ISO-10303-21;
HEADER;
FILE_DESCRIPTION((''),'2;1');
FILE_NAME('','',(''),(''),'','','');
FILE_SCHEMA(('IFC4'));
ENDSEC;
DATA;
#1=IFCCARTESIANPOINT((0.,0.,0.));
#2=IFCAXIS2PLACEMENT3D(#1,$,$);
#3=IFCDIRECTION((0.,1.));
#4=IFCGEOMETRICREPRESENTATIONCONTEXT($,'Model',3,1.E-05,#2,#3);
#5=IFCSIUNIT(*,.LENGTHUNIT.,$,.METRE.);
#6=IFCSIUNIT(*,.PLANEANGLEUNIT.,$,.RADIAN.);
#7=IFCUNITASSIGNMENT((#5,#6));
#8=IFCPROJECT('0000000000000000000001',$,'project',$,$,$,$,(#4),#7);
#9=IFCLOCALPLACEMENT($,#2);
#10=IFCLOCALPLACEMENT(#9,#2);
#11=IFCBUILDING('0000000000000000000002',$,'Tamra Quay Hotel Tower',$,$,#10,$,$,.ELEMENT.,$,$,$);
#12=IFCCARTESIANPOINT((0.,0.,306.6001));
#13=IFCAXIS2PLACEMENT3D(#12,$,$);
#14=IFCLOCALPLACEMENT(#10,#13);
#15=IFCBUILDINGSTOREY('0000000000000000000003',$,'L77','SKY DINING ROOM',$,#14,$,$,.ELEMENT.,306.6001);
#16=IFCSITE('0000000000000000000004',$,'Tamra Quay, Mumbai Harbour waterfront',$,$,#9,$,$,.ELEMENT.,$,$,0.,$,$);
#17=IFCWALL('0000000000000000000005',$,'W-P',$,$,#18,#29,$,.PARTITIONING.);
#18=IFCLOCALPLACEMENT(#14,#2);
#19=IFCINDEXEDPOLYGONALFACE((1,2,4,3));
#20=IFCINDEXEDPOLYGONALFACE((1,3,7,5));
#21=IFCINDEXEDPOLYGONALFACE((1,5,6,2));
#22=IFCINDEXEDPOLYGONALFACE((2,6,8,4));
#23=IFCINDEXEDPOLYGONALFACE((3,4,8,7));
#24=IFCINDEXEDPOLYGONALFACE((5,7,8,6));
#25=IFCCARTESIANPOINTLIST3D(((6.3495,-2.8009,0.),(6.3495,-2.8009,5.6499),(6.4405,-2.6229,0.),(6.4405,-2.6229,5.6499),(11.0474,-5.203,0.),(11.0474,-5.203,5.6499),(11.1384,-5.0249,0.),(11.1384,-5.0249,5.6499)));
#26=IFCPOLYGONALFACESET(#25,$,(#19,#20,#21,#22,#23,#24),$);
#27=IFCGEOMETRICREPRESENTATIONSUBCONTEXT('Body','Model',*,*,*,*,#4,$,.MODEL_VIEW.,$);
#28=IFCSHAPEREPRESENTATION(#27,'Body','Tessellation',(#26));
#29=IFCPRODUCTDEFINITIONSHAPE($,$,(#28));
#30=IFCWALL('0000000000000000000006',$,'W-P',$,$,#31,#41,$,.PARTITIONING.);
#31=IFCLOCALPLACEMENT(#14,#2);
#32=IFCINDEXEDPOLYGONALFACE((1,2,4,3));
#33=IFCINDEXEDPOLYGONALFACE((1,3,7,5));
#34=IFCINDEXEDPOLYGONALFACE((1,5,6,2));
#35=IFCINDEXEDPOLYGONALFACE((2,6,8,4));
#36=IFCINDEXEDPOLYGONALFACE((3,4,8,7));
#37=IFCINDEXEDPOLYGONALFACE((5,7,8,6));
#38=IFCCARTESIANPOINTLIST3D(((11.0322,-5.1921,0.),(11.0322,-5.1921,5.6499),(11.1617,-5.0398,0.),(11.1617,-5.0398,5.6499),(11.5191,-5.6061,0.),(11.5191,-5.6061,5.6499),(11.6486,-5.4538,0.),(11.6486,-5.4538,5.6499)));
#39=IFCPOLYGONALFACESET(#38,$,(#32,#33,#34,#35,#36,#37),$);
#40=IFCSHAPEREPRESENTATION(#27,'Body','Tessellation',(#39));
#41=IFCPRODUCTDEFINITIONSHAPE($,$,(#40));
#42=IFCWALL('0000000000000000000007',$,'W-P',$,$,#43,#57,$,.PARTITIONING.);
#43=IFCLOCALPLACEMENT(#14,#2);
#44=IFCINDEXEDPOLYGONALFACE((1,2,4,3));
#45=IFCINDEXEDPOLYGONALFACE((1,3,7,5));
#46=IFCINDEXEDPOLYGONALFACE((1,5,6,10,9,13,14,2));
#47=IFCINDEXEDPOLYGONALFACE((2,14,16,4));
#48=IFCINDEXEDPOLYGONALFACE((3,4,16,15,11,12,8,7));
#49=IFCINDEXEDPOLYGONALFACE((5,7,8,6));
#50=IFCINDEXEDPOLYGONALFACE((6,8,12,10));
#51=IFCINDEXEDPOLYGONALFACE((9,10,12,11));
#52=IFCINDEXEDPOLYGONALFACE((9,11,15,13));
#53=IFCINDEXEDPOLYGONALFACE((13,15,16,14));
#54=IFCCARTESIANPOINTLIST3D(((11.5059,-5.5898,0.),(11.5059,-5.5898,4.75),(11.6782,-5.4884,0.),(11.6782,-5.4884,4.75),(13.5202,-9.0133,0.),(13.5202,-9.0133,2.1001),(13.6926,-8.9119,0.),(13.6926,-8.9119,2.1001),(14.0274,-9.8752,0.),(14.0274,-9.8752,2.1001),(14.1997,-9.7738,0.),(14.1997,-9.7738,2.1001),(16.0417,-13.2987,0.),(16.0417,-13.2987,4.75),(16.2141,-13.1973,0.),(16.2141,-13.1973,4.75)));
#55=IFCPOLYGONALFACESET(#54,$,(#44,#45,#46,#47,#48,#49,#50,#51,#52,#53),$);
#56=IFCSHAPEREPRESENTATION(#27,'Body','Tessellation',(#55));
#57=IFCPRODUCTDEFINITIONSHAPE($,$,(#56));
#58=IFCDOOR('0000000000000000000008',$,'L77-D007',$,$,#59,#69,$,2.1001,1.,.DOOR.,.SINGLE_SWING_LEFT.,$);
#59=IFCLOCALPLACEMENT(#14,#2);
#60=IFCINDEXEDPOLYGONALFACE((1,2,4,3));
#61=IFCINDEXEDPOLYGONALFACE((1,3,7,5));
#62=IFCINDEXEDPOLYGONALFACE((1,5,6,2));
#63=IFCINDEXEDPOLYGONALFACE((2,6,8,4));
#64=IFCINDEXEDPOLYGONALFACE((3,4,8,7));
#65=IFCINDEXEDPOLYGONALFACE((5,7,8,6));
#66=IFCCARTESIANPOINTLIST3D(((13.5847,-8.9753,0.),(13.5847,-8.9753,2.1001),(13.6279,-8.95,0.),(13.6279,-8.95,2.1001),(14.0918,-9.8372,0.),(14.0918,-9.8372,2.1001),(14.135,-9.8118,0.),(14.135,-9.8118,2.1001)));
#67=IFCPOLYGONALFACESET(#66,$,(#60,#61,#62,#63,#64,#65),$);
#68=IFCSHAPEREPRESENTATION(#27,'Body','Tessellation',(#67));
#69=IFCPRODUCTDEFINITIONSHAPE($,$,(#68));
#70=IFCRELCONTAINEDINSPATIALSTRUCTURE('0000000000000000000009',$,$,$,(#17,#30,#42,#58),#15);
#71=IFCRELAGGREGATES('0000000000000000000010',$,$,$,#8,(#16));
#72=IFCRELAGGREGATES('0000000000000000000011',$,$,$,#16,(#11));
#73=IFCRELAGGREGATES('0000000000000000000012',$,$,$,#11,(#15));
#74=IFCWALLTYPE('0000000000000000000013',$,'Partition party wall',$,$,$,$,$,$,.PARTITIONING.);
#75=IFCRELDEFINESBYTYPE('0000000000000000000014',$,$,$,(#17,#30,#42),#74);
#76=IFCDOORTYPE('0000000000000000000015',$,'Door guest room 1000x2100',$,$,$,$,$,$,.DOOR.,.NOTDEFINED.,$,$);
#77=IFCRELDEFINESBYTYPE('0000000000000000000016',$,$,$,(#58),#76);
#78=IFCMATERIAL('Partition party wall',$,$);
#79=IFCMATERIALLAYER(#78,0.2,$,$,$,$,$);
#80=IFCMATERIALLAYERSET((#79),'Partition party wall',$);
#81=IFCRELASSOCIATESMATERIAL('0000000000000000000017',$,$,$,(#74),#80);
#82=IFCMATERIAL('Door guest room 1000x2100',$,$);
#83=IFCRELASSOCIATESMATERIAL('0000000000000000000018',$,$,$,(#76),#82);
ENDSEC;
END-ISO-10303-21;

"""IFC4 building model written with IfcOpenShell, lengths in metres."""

from ifc_helpers import new_model, si_unit, direction, frame, frame_2d, origin, place, context, subcontext, project, spatial, rectangle, extrude, material, layer, layer_set, type_object, element, fill, save


model = new_model("IFC4")

# Units and contexts
model_context = context("Model", 3, precision=1e-05, world=origin(), true_north=direction((0.0, 1.0)))
body_context = subcontext(model_context, "Body", "Model", "MODEL_VIEW")
ifc_project = project(units=[si_unit("LENGTHUNIT", "METRE"), si_unit("PLANEANGLEUNIT", "RADIAN")], contexts=[model_context])

# Site, building, storey
site_placement = place(None, origin())
site = spatial("IfcSite", under=ifc_project, at=site_placement, Name="Tamra Quay, Mumbai Harbour waterfront", CompositionType="ELEMENT", RefElevation=0.0)
building_placement = place(site_placement, origin())
building = spatial("IfcBuilding", under=site, at=building_placement, Name="Tamra Quay Hotel Tower", CompositionType="ELEMENT")
storey_placement = place(building_placement, frame((0.0, 0.0, 306.6001)))
storey = spatial("IfcBuildingStorey", under=building, at=storey_placement, Name="L77", Description="SKY DINING ROOM", CompositionType="ELEMENT", Elevation=306.6001)

# Walls
ifc_material_1 = material(Name="Partition party wall")
ifc_layer_1 = layer(ifc_material_1, 0.2)
ifc_layer_set_1 = layer_set([ifc_layer_1], Name="Partition party wall")
wall_type_1 = type_object("IfcWallType", Name="Partition party wall", PredefinedType="PARTITIONING", material=ifc_layer_set_1)
wall_1_placement = place(storey_placement, frame((6.395, -2.7119, 0.0), z_axis=(0.0, 0.0, 1.0), x_axis=(0.890366, -0.455246, 0.0)))
element("IfcWall", 1, at=wall_1_placement, inside=storey, type_object=wall_type_1, Name="W-P", PredefinedType="PARTITIONING", context=body_context, shape_type="SweptSolid", body=[
    extrude(rectangle(XDim=5.2764, YDim=0.2, at=frame_2d((2.6382, 0.0))), origin(), (0.0, 0.0, 1.0), 5.6499),
])
wall_2_placement = place(storey_placement, frame((11.0969, -5.116, 0.0), z_axis=(0.0, 0.0, 1.0), x_axis=(0.761892, -0.647704, 0.0)))
element("IfcWall", 2, at=wall_2_placement, inside=storey, type_object=wall_type_1, Name="W-P", PredefinedType="PARTITIONING", context=body_context, shape_type="SweptSolid", body=[
    extrude(rectangle(XDim=0.6392, YDim=0.2, at=frame_2d((0.3196, 0.0))), origin(), (0.0, 0.0, 1.0), 5.6499),
])

# Wall, opening, door
wall_3_placement = place(storey_placement, frame((11.592, -5.5391, 0.0), z_axis=(0.0, 0.0, 1.0), x_axis=(0.507119, -0.861876, 0.0)))
wall_3 = element("IfcWall", 3, at=wall_3_placement, inside=storey, type_object=wall_type_1, Name="W-P", PredefinedType="PARTITIONING", context=body_context, shape_type="SweptSolid", body=[
    extrude(rectangle(XDim=8.9443, YDim=0.2, at=frame_2d((4.4722, 0.0))), origin(), (0.0, 0.0, 1.0), 4.75),
])
opening_1_placement = place(wall_3_placement, frame((3.9722, 0.0, 0.0)))
opening_1 = element("IfcOpeningElement", 4, at=opening_1_placement, cuts=wall_3, PredefinedType="OPENING", context=body_context, shape_type="SweptSolid", body=[
    extrude(rectangle(XDim=1.0, YDim=2.1001, at=frame_2d((0.5, 1.05))), frame((0.0, 0.1099, 0.0), z_axis=(0.0, -1.0, 0.0), x_axis=(1.0, 0.0, 0.0)), (0.0, 0.0, 1.0), 0.22),
])
ifc_material_2 = material(Name="Door guest room 1000x2100")
door_type_1 = type_object("IfcDoorType", Name="Door guest room 1000x2100", OperationType="NOTDEFINED", PredefinedType="DOOR", material=ifc_material_2)
door_1_placement = place(opening_1_placement, origin())
door_1 = element("IfcDoor", 5, at=door_1_placement, inside=storey, type_object=door_type_1, Name="L77-D007", OperationType="SINGLE_SWING_LEFT", OverallHeight=2.1001, OverallWidth=1.0, PredefinedType="DOOR", context=body_context, shape_type="SweptSolid", body=[
    extrude(rectangle(XDim=1.0, YDim=2.1001, at=frame_2d((0.5, 1.05))), frame((0.0, 0.0249, 0.0), z_axis=(0.0, -1.0, 0.0), x_axis=(1.0, 0.0, 0.0)), (0.0, 0.0, 1.0), 0.05),
])
fill(opening_1, door_1)

save(model, "model.ifc")
